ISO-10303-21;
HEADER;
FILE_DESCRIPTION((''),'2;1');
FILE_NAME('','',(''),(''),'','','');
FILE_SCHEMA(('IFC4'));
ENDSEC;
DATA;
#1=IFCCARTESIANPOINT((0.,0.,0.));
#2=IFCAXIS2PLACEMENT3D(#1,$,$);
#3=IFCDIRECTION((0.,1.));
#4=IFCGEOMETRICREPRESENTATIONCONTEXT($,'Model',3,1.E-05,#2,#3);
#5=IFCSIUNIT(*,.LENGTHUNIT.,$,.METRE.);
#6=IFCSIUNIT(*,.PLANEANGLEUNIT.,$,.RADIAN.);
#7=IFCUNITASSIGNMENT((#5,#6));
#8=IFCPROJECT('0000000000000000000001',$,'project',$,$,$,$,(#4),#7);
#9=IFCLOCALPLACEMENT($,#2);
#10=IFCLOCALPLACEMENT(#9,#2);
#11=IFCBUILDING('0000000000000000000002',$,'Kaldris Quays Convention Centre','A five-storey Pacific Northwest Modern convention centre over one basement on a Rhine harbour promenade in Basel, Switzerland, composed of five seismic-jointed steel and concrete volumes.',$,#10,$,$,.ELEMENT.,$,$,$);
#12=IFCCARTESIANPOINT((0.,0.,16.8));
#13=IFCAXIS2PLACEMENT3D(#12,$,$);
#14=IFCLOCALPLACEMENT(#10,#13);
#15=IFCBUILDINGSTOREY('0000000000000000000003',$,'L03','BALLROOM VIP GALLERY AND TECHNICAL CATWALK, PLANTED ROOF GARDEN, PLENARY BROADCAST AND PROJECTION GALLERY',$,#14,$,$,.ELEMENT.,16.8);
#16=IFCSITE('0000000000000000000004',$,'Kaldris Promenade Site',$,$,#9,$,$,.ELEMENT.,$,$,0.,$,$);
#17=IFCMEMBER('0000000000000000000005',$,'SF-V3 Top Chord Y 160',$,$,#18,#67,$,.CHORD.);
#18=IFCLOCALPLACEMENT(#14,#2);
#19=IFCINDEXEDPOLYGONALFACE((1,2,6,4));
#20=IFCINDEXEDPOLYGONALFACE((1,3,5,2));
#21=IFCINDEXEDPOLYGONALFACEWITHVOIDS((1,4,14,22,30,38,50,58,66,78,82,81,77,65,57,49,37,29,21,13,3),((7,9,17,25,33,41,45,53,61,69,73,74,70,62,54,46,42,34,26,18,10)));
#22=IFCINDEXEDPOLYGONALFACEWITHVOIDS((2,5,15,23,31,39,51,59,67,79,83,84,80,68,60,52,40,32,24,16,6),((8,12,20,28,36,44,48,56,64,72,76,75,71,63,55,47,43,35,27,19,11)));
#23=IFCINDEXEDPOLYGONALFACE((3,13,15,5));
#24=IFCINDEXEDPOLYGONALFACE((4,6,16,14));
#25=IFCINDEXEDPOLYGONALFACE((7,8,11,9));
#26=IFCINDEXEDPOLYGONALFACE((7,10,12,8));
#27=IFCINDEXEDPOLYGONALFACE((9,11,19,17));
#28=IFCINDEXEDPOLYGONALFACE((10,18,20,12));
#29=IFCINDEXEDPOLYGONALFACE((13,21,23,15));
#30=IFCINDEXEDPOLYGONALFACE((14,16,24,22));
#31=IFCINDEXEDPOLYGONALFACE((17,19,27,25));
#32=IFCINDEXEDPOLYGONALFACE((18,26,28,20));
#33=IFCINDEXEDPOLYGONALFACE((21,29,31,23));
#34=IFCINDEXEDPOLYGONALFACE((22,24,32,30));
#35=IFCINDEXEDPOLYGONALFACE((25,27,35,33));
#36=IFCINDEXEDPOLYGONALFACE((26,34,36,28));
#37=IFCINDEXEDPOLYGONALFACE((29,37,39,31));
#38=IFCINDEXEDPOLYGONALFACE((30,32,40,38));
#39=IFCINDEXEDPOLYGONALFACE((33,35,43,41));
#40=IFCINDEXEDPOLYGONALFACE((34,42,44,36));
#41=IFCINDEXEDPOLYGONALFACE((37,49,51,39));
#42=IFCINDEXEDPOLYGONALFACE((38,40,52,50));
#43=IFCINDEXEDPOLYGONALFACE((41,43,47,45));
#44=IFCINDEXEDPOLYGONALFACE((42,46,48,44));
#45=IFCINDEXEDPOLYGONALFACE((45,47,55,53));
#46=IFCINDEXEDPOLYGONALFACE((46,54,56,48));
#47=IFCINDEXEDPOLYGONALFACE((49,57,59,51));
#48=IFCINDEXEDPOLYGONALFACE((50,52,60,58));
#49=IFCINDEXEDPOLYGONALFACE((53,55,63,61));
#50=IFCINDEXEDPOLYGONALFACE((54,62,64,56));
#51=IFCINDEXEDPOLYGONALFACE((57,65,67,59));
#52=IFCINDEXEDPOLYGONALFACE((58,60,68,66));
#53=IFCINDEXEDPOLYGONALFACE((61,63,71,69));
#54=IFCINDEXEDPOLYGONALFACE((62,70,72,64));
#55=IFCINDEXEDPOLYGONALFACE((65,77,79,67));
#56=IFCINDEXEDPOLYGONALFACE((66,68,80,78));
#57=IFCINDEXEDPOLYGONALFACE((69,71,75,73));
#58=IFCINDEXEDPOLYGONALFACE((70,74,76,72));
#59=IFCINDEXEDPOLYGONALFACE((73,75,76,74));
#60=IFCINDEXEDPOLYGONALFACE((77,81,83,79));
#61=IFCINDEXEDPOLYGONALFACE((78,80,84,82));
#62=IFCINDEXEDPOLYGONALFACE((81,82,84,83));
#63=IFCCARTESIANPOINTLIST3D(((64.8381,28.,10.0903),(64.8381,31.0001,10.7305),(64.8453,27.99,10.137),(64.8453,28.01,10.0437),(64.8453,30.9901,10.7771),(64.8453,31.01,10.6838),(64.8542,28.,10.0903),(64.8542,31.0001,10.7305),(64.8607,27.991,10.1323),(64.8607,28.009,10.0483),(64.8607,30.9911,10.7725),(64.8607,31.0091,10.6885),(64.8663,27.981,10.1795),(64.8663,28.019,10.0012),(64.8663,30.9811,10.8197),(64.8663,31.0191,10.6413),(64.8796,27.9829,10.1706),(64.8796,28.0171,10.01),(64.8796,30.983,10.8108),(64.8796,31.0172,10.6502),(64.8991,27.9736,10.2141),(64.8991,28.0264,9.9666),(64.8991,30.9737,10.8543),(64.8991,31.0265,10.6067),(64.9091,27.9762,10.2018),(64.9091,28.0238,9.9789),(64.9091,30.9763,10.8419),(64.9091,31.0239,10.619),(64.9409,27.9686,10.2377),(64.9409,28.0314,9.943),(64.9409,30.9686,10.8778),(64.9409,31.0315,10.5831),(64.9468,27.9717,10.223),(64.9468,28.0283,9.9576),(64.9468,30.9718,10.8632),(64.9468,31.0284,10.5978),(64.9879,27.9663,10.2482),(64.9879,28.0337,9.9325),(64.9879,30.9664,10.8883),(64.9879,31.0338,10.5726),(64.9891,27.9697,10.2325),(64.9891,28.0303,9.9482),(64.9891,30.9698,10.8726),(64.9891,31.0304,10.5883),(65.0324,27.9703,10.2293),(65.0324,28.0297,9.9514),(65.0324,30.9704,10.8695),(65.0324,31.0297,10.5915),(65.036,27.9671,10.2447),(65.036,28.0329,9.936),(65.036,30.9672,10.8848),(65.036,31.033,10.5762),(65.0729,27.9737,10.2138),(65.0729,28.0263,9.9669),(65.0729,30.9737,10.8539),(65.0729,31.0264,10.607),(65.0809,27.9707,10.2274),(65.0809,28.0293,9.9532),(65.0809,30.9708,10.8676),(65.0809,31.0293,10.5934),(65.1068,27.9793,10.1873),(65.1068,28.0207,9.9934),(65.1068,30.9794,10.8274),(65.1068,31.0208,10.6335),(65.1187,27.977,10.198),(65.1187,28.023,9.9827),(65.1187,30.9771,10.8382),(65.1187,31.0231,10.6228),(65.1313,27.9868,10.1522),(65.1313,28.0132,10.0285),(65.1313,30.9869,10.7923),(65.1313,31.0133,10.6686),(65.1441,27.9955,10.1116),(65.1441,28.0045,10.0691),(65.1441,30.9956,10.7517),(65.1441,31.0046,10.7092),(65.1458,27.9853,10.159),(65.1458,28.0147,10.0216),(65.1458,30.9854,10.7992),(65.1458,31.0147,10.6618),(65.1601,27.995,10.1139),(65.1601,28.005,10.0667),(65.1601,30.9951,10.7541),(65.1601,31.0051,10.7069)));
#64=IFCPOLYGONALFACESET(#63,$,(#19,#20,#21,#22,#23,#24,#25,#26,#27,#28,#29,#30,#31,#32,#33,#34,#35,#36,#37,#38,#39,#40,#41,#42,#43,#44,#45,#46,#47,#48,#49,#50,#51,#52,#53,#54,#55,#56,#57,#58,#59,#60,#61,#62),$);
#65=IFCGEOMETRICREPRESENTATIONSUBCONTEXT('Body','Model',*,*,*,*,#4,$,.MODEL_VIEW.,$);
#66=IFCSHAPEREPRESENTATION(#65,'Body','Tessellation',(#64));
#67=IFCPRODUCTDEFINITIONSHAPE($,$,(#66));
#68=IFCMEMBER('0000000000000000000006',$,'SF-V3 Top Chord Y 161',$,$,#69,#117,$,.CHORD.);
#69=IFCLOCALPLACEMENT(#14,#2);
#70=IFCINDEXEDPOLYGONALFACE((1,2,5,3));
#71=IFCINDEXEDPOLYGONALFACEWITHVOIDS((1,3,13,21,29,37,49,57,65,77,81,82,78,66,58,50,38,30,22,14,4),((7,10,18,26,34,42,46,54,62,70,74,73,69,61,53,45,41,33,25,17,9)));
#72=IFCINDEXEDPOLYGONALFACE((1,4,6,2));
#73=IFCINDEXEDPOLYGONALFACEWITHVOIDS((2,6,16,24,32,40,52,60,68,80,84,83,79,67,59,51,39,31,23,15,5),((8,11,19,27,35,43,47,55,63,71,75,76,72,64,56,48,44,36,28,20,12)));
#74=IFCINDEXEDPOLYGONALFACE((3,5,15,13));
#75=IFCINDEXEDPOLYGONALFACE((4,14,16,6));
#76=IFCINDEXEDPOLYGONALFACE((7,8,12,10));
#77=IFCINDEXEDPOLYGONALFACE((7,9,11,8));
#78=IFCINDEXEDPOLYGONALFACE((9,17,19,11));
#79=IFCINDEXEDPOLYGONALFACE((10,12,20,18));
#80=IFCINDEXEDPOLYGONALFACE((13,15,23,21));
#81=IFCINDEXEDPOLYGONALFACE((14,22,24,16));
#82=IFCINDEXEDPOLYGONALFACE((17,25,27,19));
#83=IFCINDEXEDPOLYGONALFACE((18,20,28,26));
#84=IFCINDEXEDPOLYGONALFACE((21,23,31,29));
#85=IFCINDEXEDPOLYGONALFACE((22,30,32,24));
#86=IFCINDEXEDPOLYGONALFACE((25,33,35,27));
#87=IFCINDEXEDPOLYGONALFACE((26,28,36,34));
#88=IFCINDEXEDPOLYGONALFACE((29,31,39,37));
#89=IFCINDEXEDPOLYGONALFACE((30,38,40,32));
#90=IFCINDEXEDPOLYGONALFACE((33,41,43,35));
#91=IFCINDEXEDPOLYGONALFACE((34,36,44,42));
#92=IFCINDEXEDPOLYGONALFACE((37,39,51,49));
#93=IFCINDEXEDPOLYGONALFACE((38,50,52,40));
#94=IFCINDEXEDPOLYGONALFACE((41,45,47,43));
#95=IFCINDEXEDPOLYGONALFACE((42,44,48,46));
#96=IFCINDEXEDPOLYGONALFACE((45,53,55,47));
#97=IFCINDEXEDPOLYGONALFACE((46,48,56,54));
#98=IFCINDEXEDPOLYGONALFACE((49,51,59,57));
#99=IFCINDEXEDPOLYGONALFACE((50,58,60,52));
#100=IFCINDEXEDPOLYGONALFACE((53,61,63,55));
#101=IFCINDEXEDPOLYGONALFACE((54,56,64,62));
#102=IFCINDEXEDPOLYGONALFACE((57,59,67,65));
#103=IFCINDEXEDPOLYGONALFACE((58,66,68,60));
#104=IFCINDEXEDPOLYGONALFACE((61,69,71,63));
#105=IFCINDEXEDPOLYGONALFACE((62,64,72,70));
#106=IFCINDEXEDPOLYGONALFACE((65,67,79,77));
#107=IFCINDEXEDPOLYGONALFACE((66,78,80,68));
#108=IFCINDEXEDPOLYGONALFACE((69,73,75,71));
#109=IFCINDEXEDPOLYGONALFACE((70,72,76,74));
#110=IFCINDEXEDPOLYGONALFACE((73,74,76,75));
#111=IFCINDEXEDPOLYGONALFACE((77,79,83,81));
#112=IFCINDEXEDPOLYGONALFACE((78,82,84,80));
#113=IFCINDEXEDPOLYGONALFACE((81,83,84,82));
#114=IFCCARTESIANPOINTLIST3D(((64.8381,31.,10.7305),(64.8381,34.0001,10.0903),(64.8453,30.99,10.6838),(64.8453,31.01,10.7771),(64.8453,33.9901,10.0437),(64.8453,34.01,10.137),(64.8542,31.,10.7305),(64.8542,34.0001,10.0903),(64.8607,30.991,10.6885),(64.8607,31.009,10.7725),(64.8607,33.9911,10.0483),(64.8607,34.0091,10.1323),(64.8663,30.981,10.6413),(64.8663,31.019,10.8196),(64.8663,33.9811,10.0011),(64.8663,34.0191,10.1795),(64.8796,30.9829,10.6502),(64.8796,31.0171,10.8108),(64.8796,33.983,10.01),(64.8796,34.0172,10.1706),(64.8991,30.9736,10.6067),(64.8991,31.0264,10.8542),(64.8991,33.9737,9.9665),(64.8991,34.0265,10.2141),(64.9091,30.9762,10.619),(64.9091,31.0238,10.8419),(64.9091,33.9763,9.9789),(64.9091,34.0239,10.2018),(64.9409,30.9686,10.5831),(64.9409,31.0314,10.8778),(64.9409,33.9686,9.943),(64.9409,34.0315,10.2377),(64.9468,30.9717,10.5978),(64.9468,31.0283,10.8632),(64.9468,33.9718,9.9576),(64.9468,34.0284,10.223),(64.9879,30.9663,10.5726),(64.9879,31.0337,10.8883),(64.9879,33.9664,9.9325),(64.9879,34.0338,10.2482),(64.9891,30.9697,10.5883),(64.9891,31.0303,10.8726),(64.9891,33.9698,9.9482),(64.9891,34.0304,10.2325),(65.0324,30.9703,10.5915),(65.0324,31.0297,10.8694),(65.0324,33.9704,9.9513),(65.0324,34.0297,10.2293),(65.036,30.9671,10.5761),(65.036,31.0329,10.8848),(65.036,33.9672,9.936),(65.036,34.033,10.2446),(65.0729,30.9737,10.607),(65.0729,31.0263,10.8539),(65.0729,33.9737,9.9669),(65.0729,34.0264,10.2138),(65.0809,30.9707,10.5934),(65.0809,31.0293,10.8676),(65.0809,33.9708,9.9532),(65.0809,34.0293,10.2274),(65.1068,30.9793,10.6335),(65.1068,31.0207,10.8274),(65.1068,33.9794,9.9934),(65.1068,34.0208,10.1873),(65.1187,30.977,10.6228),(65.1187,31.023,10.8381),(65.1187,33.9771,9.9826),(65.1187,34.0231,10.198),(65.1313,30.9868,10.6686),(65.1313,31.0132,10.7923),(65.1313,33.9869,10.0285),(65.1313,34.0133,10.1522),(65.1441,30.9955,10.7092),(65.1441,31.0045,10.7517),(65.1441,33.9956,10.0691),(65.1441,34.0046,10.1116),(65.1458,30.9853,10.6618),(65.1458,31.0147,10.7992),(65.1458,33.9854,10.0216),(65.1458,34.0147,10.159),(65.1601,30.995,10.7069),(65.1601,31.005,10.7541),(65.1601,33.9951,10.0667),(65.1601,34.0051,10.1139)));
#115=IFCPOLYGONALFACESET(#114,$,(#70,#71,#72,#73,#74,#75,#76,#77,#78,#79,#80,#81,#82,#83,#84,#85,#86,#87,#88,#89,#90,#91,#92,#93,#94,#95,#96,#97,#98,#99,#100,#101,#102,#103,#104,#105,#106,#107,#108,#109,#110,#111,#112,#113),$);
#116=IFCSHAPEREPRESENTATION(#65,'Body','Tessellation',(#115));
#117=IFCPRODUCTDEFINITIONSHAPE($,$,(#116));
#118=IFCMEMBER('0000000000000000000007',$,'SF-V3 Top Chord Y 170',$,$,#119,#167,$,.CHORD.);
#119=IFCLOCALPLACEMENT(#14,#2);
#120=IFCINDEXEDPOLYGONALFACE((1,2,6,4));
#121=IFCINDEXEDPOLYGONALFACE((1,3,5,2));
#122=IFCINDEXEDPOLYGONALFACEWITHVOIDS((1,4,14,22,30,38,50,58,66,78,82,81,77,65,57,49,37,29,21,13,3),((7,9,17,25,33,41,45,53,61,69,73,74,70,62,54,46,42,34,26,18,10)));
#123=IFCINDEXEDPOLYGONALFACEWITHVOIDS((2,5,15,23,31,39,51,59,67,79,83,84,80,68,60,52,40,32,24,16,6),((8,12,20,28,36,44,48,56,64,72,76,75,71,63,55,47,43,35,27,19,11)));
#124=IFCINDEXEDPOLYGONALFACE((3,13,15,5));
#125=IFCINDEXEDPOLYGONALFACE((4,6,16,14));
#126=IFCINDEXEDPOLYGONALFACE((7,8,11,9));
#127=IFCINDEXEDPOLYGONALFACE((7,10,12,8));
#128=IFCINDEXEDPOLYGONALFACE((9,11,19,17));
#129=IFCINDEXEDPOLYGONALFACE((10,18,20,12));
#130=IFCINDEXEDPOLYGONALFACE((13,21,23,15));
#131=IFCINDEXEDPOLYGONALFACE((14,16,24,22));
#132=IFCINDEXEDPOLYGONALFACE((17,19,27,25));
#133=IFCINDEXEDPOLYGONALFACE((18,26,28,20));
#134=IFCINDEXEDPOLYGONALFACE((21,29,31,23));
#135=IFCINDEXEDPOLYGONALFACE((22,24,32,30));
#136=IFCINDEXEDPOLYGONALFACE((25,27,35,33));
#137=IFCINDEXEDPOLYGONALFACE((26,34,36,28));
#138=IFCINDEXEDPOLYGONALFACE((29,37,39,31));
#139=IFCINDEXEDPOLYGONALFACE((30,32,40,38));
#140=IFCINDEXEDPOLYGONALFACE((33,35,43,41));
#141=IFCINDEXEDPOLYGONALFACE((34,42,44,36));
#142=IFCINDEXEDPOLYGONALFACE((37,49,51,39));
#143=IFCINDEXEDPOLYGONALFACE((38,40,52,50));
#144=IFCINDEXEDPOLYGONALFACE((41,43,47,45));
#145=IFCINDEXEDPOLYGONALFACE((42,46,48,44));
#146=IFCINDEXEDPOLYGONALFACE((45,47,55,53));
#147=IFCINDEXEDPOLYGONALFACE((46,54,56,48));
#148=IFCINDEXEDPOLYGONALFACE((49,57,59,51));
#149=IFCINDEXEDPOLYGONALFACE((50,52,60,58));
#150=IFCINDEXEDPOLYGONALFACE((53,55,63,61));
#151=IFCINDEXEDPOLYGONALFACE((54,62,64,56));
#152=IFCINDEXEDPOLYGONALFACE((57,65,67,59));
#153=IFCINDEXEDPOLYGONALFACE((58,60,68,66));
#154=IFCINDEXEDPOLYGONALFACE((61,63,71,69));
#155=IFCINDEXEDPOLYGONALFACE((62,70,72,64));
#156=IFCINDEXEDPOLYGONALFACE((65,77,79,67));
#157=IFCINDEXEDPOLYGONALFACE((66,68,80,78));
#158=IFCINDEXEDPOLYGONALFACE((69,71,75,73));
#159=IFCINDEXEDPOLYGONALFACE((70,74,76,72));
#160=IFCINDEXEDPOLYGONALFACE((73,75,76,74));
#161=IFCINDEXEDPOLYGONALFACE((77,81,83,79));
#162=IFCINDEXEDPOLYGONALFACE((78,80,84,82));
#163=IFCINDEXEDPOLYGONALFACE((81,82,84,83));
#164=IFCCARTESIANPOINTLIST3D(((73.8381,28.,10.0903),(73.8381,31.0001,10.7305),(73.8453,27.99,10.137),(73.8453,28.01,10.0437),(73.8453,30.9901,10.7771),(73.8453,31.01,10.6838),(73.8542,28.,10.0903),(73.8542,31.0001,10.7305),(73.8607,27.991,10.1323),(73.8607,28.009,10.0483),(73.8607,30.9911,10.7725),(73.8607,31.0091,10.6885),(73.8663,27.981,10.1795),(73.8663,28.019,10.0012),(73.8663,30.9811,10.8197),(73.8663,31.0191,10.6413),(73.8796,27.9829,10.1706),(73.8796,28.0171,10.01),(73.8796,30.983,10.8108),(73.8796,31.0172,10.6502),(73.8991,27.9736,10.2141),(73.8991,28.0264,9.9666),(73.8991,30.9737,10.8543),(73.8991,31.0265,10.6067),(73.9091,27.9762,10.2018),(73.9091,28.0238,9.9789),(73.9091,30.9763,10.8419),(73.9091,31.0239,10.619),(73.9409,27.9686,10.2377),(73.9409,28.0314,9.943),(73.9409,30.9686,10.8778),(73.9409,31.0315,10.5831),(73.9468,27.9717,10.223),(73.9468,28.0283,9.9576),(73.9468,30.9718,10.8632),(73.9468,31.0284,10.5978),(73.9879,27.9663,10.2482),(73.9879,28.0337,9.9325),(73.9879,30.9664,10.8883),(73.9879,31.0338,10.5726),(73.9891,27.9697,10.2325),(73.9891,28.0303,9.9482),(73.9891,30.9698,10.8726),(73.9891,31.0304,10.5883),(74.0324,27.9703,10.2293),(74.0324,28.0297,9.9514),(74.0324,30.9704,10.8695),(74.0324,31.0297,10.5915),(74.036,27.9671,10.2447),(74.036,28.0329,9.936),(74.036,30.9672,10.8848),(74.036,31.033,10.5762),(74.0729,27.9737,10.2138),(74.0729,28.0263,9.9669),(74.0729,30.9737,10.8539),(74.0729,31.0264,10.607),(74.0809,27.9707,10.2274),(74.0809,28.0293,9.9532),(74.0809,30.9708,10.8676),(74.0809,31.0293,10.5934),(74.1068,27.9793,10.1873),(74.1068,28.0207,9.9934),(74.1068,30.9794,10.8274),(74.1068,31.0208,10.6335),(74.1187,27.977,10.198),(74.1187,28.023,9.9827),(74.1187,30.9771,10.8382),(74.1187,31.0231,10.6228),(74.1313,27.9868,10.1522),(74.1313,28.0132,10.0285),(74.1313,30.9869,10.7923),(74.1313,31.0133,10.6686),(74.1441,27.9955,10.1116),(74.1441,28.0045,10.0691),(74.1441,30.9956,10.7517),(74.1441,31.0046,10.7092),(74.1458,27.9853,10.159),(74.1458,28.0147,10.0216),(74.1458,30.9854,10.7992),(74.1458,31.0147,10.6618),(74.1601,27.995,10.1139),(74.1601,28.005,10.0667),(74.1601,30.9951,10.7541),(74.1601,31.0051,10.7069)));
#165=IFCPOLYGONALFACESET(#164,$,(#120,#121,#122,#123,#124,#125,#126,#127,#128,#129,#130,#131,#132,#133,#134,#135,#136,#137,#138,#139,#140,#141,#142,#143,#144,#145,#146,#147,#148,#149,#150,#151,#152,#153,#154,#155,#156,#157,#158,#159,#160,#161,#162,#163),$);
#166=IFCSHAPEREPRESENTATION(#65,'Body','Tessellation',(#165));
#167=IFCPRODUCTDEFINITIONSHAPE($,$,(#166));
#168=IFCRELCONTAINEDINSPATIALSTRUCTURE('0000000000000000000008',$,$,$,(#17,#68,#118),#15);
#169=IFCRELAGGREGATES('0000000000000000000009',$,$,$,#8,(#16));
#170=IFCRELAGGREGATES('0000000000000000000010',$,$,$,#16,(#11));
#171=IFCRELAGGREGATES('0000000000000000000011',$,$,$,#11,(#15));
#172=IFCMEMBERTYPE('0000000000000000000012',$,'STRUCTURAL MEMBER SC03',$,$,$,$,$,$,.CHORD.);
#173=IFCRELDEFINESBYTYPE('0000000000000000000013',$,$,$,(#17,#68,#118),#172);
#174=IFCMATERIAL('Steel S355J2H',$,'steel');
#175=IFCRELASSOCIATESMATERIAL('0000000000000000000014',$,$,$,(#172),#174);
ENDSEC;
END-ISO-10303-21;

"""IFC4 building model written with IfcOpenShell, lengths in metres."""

from ifc_helpers import new_model, si_unit, direction, frame, origin, origin_2d, place, context, subcontext, project, spatial, hollow_circle, extrude, material, material_profile, profile_set, type_object, element, save


model = new_model("IFC4")

# Units and contexts
model_context = context("Model", 3, precision=1e-05, world=origin(), true_north=direction((0.0, 1.0)))
body_context = subcontext(model_context, "Body", "Model", "MODEL_VIEW")
ifc_project = project(units=[si_unit("LENGTHUNIT", "METRE"), si_unit("PLANEANGLEUNIT", "RADIAN")], contexts=[model_context])

# Site, building, storey
site_placement = place(None, origin())
site = spatial("IfcSite", under=ifc_project, at=site_placement, Name="Kaldris Promenade Site", CompositionType="ELEMENT", RefElevation=0.0)
building_placement = place(site_placement, origin())
building = spatial("IfcBuilding", under=site, at=building_placement, Name="Kaldris Quays Convention Centre", Description="A five-storey Pacific Northwest Modern convention centre over one basement on a Rhine harbour promenade in Basel, Switzerland, composed of five seismic-jointed steel and concrete volumes.", CompositionType="ELEMENT")
storey_placement = place(building_placement, frame((0.0, 0.0, 16.8)))
storey = spatial("IfcBuildingStorey", under=building, at=storey_placement, Name="L03", Description="BALLROOM VIP GALLERY AND TECHNICAL CATWALK, PLANTED ROOF GARDEN, PLENARY BROADCAST AND PROJECTION GALLERY", CompositionType="ELEMENT", Elevation=16.8)

# Members
ifc_material_1 = material(Name="Steel S355J2H", Category="steel")
ifc_material_profile_1 = material_profile(ifc_material_1, hollow_circle(Radius=0.1619, WallThickness=0.0161, at=origin_2d()), Name="CHS 323.9x16")
ifc_profile_set_1 = profile_set([ifc_material_profile_1], Name="Steel S355J2H")
member_type_1 = type_object("IfcMemberType", Name="STRUCTURAL MEMBER SC03", PredefinedType="CHORD", material=ifc_profile_set_1)
for number, where, z_axis, x_axis, name in (
    (1, (65.0, 28.0, 10.0903), (0.0, 0.977984, 0.208681), (-1.0, 0.0, 0.0), "SF-V3 Top Chord Y 160"),
    (2, (65.0, 31.0, 10.7305), (0.0, 0.977984, -0.208681), (-1.0, 0.0, 0.0), "SF-V3 Top Chord Y 161"),
    (3, (74.0, 28.0, 10.0903), (0.0, 0.977984, 0.208681), (-1.0, 0.0, 0.0), "SF-V3 Top Chord Y 170"),
):
    element("IfcMember", number, at=place(storey_placement, frame(where, z_axis=z_axis, x_axis=x_axis)), inside=storey, type_object=member_type_1, Name=name, PredefinedType="CHORD", context=body_context, shape_type="SweptSolid", body=[
        extrude(hollow_circle(Radius=0.1619, WallThickness=0.0161, at=origin_2d()), origin(), (0.0, 0.0, 1.0), 3.0676),
    ])

save(model, "model.ifc")
